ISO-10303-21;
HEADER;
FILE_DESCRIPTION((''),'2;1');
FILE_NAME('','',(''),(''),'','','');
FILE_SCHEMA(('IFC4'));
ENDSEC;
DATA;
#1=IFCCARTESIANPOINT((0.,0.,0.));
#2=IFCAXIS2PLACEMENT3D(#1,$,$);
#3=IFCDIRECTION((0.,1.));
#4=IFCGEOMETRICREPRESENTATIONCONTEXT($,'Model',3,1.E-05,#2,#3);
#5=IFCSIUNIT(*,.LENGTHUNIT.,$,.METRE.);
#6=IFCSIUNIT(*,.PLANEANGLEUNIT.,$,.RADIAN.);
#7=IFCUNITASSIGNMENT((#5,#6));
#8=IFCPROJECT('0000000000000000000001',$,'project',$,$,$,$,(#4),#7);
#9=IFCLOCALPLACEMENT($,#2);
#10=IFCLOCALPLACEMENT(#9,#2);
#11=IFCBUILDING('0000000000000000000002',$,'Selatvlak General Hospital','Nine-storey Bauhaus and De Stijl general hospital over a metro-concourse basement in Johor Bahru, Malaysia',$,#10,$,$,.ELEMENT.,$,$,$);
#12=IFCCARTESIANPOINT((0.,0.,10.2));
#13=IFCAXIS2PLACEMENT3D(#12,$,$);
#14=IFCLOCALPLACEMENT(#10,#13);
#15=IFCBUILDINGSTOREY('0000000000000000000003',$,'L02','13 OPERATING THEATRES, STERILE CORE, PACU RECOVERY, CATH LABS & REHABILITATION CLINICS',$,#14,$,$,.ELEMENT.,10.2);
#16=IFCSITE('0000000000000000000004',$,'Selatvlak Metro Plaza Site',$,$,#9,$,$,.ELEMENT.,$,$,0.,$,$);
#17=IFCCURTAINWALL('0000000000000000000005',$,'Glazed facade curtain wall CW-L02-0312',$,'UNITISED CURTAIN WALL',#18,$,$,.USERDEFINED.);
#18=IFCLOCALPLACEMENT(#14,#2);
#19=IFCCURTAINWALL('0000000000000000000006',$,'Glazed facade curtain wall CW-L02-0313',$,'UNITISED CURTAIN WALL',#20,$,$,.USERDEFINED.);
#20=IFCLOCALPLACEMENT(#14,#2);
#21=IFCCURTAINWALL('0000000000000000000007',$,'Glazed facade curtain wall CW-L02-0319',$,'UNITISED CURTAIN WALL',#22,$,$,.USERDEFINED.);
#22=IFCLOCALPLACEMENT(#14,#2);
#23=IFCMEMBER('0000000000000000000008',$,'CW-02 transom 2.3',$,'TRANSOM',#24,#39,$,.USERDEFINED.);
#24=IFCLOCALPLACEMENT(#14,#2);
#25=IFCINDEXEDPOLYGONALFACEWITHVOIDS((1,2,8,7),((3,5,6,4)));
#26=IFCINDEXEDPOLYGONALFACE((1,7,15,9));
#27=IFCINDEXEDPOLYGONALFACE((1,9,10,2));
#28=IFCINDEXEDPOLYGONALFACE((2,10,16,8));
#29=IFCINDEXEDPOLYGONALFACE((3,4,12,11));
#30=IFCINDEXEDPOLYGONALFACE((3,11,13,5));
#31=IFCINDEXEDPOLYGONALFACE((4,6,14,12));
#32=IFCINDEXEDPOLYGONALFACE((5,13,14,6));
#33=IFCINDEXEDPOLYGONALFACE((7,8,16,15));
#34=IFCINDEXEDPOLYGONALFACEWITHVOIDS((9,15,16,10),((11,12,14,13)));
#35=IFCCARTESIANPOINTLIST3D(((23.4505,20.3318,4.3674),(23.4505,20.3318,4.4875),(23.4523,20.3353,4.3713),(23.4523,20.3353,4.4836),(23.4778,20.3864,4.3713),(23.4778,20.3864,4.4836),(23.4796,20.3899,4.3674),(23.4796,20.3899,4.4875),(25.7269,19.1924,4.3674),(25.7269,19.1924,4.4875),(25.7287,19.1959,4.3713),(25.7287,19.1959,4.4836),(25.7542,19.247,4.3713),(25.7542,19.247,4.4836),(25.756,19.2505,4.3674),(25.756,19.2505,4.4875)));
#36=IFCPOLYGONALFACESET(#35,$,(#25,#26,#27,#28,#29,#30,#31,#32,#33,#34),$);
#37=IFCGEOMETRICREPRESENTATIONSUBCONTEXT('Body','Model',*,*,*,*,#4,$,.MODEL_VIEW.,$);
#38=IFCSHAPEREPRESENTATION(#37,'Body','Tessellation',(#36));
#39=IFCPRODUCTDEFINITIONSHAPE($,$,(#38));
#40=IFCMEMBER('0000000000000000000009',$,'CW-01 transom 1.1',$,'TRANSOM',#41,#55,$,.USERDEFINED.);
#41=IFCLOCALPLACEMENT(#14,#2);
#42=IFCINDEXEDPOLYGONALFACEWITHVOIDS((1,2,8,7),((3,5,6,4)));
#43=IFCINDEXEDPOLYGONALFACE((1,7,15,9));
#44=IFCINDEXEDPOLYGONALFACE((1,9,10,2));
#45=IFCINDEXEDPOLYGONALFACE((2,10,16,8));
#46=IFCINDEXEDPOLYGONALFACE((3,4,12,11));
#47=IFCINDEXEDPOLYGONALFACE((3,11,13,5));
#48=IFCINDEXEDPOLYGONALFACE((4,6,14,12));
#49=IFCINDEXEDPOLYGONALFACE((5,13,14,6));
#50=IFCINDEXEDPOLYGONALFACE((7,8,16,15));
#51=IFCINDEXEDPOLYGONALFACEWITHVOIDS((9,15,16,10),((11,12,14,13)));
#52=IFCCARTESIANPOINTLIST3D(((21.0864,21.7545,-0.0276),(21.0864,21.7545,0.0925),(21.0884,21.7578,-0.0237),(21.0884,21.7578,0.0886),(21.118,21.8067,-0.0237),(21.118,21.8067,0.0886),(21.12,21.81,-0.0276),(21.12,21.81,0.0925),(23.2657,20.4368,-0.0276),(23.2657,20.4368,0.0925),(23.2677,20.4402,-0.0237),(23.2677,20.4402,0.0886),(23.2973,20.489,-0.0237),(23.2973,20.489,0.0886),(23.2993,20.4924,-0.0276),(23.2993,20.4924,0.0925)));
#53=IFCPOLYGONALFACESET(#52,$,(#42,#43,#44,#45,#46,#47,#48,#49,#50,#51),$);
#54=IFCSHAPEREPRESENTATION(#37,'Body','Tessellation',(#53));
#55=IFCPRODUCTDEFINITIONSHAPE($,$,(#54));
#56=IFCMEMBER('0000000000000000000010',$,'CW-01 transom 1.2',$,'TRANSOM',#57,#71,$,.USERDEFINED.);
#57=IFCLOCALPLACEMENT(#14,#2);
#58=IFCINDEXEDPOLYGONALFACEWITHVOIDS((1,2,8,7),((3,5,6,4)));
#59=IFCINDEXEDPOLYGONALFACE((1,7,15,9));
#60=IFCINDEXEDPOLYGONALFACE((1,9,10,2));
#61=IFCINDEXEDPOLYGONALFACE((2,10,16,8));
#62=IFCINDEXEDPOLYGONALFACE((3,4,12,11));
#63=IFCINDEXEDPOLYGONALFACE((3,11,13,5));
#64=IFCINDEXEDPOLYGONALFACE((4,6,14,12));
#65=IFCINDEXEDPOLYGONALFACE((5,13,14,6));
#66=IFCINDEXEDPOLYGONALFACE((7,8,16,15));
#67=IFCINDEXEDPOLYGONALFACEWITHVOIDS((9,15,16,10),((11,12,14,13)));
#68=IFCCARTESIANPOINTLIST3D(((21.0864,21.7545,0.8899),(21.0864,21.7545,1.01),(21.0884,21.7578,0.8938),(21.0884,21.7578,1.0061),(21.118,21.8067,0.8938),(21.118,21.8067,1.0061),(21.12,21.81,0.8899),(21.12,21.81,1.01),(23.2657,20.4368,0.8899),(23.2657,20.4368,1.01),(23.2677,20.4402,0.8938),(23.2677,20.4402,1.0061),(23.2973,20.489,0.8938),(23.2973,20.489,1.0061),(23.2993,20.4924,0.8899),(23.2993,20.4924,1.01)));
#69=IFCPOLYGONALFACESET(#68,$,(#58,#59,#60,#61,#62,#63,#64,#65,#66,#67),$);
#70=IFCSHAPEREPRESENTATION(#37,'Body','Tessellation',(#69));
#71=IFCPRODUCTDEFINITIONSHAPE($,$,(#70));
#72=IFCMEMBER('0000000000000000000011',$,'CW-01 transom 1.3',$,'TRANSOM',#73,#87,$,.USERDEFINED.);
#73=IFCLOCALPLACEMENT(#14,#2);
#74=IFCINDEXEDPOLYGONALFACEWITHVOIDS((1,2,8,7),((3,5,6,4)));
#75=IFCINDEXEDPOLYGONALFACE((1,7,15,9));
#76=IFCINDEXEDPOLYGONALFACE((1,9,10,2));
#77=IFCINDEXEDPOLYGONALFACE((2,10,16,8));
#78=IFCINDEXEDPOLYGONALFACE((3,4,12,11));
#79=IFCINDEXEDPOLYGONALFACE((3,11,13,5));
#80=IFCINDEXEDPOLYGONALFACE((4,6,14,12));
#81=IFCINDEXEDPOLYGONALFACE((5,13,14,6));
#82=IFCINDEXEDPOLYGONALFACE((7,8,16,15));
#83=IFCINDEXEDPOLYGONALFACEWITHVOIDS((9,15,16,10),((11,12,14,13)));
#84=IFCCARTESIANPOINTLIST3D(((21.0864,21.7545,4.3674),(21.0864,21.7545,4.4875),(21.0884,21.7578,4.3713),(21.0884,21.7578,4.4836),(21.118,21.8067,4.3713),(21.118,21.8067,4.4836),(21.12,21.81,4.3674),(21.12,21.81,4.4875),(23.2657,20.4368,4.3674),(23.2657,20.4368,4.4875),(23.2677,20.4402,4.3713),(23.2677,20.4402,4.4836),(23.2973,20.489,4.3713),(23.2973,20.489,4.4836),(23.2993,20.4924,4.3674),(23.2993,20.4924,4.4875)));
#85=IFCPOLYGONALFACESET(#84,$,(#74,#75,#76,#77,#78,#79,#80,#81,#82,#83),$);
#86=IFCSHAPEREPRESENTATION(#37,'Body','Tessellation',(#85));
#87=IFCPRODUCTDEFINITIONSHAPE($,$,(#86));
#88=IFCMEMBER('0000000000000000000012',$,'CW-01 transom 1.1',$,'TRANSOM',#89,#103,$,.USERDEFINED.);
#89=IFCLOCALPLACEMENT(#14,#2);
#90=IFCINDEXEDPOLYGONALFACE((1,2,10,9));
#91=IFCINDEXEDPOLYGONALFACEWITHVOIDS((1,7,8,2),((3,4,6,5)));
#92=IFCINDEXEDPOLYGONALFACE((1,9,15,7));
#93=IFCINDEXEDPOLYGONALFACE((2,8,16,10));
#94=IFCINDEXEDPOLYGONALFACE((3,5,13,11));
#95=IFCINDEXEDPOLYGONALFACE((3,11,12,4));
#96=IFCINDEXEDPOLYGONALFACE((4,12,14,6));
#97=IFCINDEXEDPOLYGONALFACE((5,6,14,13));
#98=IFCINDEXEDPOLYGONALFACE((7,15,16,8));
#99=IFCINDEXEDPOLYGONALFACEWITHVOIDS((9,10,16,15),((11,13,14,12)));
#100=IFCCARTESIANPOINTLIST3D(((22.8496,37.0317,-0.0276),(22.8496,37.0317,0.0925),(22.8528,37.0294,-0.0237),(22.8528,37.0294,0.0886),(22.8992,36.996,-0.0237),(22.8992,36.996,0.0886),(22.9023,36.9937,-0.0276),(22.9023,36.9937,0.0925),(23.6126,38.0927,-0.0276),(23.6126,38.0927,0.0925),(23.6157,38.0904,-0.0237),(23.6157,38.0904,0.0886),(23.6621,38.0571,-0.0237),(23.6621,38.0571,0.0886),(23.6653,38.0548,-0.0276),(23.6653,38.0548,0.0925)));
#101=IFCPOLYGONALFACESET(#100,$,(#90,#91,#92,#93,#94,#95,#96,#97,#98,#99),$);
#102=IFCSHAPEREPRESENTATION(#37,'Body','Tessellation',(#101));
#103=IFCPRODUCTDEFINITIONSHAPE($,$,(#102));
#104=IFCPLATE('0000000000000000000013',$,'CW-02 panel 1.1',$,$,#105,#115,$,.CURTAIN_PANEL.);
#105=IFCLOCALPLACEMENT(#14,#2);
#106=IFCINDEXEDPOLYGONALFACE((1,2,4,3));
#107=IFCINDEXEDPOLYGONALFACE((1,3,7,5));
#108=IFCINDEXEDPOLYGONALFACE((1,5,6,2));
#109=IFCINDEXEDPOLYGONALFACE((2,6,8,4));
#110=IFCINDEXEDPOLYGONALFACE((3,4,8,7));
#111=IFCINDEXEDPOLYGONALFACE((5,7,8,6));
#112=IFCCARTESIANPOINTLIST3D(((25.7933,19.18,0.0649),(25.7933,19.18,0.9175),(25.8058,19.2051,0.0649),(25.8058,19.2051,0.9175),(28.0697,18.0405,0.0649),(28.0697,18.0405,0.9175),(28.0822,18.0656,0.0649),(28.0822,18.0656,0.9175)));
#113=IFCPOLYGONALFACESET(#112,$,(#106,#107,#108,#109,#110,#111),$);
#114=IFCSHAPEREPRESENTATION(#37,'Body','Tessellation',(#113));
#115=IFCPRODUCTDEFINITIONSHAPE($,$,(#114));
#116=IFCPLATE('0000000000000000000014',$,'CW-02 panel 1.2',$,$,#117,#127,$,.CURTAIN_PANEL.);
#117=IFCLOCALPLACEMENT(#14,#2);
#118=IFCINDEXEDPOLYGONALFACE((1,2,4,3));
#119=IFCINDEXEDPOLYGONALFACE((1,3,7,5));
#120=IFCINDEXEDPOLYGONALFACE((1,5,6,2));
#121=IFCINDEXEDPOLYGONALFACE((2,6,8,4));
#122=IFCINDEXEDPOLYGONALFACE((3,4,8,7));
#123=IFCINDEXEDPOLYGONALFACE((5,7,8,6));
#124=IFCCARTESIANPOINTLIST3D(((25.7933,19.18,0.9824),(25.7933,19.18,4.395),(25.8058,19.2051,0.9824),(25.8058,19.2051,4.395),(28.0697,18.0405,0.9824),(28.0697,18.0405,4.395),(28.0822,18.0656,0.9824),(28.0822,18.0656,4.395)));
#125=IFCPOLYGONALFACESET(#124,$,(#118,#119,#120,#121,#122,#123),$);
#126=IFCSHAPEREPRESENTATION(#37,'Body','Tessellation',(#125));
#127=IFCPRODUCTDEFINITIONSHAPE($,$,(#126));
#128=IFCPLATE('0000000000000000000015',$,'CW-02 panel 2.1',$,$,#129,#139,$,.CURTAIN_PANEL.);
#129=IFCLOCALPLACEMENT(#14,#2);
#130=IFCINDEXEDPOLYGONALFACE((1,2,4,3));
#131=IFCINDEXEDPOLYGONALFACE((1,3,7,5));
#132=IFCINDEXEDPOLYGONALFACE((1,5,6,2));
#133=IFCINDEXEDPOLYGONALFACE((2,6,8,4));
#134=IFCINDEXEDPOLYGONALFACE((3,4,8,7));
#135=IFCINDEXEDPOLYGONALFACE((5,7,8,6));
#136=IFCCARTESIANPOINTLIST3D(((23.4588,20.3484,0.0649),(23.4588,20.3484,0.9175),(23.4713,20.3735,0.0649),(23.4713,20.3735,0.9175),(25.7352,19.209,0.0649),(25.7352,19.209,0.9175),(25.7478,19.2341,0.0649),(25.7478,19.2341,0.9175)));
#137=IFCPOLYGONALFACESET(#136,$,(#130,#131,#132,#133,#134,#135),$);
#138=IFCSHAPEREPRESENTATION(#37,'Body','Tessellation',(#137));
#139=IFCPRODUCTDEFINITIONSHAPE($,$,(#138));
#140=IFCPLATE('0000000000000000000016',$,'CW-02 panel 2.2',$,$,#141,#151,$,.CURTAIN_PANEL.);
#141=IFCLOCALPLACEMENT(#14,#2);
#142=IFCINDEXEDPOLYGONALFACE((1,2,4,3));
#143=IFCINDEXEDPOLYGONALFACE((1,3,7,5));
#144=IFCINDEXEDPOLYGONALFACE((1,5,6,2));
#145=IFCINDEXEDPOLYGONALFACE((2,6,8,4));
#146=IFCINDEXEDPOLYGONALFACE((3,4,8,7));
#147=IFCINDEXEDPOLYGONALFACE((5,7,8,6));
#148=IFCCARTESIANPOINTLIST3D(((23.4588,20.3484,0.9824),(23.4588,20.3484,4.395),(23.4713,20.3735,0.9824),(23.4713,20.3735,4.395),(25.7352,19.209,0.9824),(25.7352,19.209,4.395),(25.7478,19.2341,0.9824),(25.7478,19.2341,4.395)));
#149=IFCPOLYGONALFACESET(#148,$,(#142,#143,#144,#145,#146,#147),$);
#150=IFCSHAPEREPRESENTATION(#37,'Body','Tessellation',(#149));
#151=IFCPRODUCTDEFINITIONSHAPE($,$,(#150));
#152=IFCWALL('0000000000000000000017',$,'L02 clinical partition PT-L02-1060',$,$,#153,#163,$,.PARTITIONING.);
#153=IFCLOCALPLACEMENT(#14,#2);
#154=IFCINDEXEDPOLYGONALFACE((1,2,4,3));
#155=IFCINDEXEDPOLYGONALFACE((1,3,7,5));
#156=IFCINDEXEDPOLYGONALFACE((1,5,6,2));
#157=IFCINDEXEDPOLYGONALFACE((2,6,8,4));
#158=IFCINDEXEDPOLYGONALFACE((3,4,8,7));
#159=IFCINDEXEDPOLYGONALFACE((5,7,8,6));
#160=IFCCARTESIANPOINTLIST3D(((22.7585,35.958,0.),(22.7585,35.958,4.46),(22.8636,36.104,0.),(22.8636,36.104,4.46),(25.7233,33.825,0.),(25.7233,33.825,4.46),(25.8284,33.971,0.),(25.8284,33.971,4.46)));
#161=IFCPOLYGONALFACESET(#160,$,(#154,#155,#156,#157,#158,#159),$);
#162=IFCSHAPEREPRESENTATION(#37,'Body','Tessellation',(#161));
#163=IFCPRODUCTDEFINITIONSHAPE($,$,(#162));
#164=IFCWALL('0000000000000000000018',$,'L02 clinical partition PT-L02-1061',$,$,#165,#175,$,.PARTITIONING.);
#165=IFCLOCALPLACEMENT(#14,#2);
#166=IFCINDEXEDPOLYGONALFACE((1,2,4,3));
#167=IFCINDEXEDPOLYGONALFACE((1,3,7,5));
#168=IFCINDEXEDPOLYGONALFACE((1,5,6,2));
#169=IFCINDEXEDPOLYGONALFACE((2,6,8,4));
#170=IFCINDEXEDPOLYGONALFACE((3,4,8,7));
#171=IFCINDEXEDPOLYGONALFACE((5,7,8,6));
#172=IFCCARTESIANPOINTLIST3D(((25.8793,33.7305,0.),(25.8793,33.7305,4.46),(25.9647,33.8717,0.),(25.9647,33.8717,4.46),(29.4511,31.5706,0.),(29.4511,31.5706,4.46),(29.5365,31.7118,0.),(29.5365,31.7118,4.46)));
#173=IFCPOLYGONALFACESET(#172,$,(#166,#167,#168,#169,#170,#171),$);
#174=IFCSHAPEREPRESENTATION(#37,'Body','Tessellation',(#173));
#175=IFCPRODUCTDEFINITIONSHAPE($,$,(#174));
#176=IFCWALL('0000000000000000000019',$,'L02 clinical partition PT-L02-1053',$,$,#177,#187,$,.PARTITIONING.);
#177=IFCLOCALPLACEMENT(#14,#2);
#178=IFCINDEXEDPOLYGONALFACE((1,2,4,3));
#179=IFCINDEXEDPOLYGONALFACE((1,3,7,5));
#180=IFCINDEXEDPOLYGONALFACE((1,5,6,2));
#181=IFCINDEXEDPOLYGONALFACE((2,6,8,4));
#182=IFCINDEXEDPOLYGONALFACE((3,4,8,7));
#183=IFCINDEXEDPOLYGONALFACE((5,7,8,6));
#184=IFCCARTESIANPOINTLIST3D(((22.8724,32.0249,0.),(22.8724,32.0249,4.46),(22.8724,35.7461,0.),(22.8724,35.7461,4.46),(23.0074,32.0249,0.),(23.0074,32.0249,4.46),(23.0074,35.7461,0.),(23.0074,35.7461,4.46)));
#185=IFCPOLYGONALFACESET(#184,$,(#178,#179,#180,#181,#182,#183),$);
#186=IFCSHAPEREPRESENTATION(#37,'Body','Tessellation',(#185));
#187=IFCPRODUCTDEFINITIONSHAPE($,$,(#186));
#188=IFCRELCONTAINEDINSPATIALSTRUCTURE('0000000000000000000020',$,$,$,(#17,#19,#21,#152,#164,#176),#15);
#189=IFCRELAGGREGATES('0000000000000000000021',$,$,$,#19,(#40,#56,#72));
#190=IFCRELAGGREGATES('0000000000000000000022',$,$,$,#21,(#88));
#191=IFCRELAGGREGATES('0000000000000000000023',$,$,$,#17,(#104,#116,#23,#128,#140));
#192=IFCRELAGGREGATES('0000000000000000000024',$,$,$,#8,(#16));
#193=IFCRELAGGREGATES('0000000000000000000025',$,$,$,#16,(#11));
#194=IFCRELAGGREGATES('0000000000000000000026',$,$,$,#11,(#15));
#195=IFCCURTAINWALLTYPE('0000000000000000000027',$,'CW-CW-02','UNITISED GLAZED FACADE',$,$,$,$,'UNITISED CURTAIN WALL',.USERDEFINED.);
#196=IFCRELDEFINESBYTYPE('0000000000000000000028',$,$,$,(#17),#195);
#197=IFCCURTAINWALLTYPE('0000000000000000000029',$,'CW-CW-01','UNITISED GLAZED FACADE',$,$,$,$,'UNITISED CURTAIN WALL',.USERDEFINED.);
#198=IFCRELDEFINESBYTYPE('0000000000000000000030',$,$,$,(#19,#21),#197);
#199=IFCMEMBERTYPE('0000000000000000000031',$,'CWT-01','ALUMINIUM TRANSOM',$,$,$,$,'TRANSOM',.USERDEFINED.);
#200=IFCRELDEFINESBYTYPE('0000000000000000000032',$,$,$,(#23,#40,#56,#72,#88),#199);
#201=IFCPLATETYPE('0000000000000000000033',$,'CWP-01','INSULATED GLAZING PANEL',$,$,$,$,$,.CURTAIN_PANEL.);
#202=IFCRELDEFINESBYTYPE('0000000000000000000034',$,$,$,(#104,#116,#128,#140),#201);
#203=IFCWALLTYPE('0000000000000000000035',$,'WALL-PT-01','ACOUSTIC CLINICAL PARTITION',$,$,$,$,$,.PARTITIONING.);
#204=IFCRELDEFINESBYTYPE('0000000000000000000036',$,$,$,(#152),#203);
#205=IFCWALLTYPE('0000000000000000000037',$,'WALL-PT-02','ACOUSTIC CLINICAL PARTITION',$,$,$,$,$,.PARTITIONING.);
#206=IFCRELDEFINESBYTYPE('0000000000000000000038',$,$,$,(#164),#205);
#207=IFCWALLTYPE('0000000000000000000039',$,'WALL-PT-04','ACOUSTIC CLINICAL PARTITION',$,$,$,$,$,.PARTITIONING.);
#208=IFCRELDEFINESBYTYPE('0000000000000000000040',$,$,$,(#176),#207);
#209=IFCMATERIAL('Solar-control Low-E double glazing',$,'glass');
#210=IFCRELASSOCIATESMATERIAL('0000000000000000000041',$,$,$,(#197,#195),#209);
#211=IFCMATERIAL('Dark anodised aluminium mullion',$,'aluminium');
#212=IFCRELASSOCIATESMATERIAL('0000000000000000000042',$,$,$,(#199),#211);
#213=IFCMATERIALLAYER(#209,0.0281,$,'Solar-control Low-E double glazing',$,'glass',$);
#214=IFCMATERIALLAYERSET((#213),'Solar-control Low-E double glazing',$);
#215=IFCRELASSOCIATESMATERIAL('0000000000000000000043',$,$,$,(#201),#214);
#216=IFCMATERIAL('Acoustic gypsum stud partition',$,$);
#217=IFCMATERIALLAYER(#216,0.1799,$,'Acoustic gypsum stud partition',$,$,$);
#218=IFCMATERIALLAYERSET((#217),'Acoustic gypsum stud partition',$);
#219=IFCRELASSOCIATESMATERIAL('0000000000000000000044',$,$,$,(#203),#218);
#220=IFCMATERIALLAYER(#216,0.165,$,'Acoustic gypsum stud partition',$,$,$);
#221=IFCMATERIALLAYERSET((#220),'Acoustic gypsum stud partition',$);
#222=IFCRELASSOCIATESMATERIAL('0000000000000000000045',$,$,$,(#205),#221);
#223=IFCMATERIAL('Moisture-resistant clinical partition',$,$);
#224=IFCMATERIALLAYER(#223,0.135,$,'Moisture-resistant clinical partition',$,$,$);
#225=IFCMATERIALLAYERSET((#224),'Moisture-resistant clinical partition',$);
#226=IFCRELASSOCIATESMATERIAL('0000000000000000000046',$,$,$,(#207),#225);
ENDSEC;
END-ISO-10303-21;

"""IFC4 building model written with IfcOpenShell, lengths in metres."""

from ifc_helpers import new_model, si_unit, direction, frame, frame_2d, origin, origin_2d, place, context, subcontext, project, spatial, rectangle, hollow_rectangle, extrude, material, layer, layer_set, material_profile, profile_set, type_object, element, aggregate, save


model = new_model("IFC4")

# Units and contexts
model_context = context("Model", 3, precision=1e-05, world=origin(), true_north=direction((0.0, 1.0)))
body_context = subcontext(model_context, "Body", "Model", "MODEL_VIEW")
ifc_project = project(units=[si_unit("LENGTHUNIT", "METRE"), si_unit("PLANEANGLEUNIT", "RADIAN")], contexts=[model_context])

# Site, building, storey
site_placement = place(None, origin())
site = spatial("IfcSite", under=ifc_project, at=site_placement, Name="Selatvlak Metro Plaza Site", CompositionType="ELEMENT", RefElevation=0.0)
building_placement = place(site_placement, origin())
building = spatial("IfcBuilding", under=site, at=building_placement, Name="Selatvlak General Hospital", Description="Nine-storey Bauhaus and De Stijl general hospital over a metro-concourse basement in Johor Bahru, Malaysia", CompositionType="ELEMENT")
storey_placement = place(building_placement, frame((0.0, 0.0, 10.2)))
storey = spatial("IfcBuildingStorey", under=building, at=storey_placement, Name="L02", Description="13 OPERATING THEATRES, STERILE CORE, PACU RECOVERY, CATH LABS & REHABILITATION CLINICS", CompositionType="ELEMENT", Elevation=10.2)

# Shared definitions
ifc_material_1 = material(Name="Solar-control Low-E double glazing", Category="glass")
curtain_wall_type_1 = type_object("IfcCurtainWallType", Name="CW-CW-01", Description="UNITISED GLAZED FACADE", ElementType="UNITISED CURTAIN WALL", PredefinedType="USERDEFINED", material=ifc_material_1)
ifc_material_2 = material(Name="Dark anodised aluminium mullion", Category="aluminium")

# Curtain wall
curtain_wall_type_2 = type_object("IfcCurtainWallType", Name="CW-CW-02", Description="UNITISED GLAZED FACADE", ElementType="UNITISED CURTAIN WALL", PredefinedType="USERDEFINED", material=ifc_material_1)
curtain_wall_1_placement = place(storey_placement, origin())
curtain_wall_1 = element("IfcCurtainWall", 1, at=curtain_wall_1_placement, inside=storey, type_object=curtain_wall_type_2, Name="Glazed facade curtain wall CW-L02-0312", ObjectType="UNITISED CURTAIN WALL", PredefinedType="USERDEFINED")

# Curtain walls
curtain_wall_2_placement = place(storey_placement, origin())
curtain_wall_2 = element("IfcCurtainWall", 2, at=curtain_wall_2_placement, inside=storey, type_object=curtain_wall_type_1, Name="Glazed facade curtain wall CW-L02-0313", ObjectType="UNITISED CURTAIN WALL", PredefinedType="USERDEFINED")
curtain_wall_3_placement = place(storey_placement, origin())
curtain_wall_3 = element("IfcCurtainWall", 3, at=curtain_wall_3_placement, inside=storey, type_object=curtain_wall_type_1, Name="Glazed facade curtain wall CW-L02-0319", ObjectType="UNITISED CURTAIN WALL", PredefinedType="USERDEFINED")

# Members
ifc_material_profile_1 = material_profile(ifc_material_2, hollow_rectangle(XDim=0.0649, YDim=0.1201, WallThickness=0.0039, at=origin_2d()), Name="AL-TRN 65x120x4")
ifc_profile_set_1 = profile_set([ifc_material_profile_1], Name="Dark anodised aluminium mullion")
member_type_1 = type_object("IfcMemberType", Name="CWT-01", Description="ALUMINIUM TRANSOM", ElementType="TRANSOM", PredefinedType="USERDEFINED", material=ifc_profile_set_1)
member_1_placement = place(storey_placement, frame((25.7415, 19.2214, 4.4275), z_axis=(-0.894235, 0.447597, 0.0), x_axis=(-0.447597, -0.894235, 0.0)))
member_1 = element("IfcMember", 4, at=member_1_placement, type_object=member_type_1, Name="CW-02 transom 2.3", ObjectType="TRANSOM", PredefinedType="USERDEFINED", context=body_context, shape_type="SweptSolid", body=[
    extrude(hollow_rectangle(XDim=0.0649, YDim=0.1201, WallThickness=0.0039, at=origin_2d()), origin(), (0.0, 0.0, 1.0), 2.5457),
])
member_2_placement = place(storey_placement, frame((23.2825, 20.4646, 0.0325), z_axis=(-0.855737, 0.517411, 0.0), x_axis=(-0.517411, -0.855737, 0.0)))
member_2 = element("IfcMember", 5, at=member_2_placement, type_object=member_type_1, Name="CW-01 transom 1.1", ObjectType="TRANSOM", PredefinedType="USERDEFINED", context=body_context, shape_type="SweptSolid", body=[
    extrude(hollow_rectangle(XDim=0.0649, YDim=0.1201, WallThickness=0.0039, at=origin_2d()), origin(), (0.0, 0.0, 1.0), 2.5466),
])
member_3_placement = place(storey_placement, frame((23.2825, 20.4646, 0.95), z_axis=(-0.855737, 0.517411, 0.0), x_axis=(-0.517411, -0.855737, 0.0)))
member_3 = element("IfcMember", 6, at=member_3_placement, type_object=member_type_1, Name="CW-01 transom 1.2", ObjectType="TRANSOM", PredefinedType="USERDEFINED", context=body_context, shape_type="SweptSolid", body=[
    extrude(hollow_rectangle(XDim=0.0649, YDim=0.1201, WallThickness=0.0039, at=origin_2d()), origin(), (0.0, 0.0, 1.0), 2.5466),
])
member_4_placement = place(storey_placement, frame((23.2825, 20.4646, 4.4275), z_axis=(-0.855737, 0.517411, 0.0), x_axis=(-0.517411, -0.855737, 0.0)))
member_4 = element("IfcMember", 7, at=member_4_placement, type_object=member_type_1, Name="CW-01 transom 1.3", ObjectType="TRANSOM", PredefinedType="USERDEFINED", context=body_context, shape_type="SweptSolid", body=[
    extrude(hollow_rectangle(XDim=0.0649, YDim=0.1201, WallThickness=0.0039, at=origin_2d()), origin(), (0.0, 0.0, 1.0), 2.5466),
])
aggregate(curtain_wall_2, [member_2, member_3, member_4])
member_5_placement = place(storey_placement, frame((22.876, 37.0127, 0.0325), z_axis=(0.583798, 0.811899, 0.0), x_axis=(-0.811899, 0.583798, 0.0)))
member_5 = element("IfcMember", 8, at=member_5_placement, type_object=member_type_1, Name="CW-01 transom 1.1", ObjectType="TRANSOM", PredefinedType="USERDEFINED", context=body_context, shape_type="SweptSolid", body=[
    extrude(hollow_rectangle(XDim=0.0649, YDim=0.1201, WallThickness=0.0039, at=origin_2d()), origin(), (0.0, 0.0, 1.0), 1.3069),
])
aggregate(curtain_wall_3, [member_5])

# Plates
ifc_layer_1 = layer(ifc_material_1, 0.0281, Name="Solar-control Low-E double glazing", Category="glass")
ifc_layer_set_1 = layer_set([ifc_layer_1], Name="Solar-control Low-E double glazing")
plate_type = type_object("IfcPlateType", Name="CWP-01", Description="INSULATED GLAZING PANEL", PredefinedType="CURTAIN_PANEL", material=ifc_layer_set_1)
plate_1_placement = place(storey_placement, frame((26.9377, 18.6228, 0.0649), z_axis=(0.0, 0.0, 1.0), x_axis=(-0.894238, 0.447592, 0.0)))
plate_1 = element("IfcPlate", 9, at=plate_1_placement, type_object=plate_type, Name="CW-02 panel 1.1", PredefinedType="CURTAIN_PANEL", context=body_context, shape_type="SweptSolid", body=[
    extrude(rectangle(XDim=2.5457, YDim=0.0281, at=origin_2d()), origin(), (0.0, 0.0, 1.0), 0.8525),
])
plate_2_placement = place(storey_placement, frame((26.9377, 18.6228, 0.9824), z_axis=(0.0, 0.0, 1.0), x_axis=(-0.894238, 0.447592, 0.0)))
plate_2 = element("IfcPlate", 10, at=plate_2_placement, type_object=plate_type, Name="CW-02 panel 1.2", PredefinedType="CURTAIN_PANEL", context=body_context, shape_type="SweptSolid", body=[
    extrude(rectangle(XDim=2.5457, YDim=0.0281, at=origin_2d()), origin(), (0.0, 0.0, 1.0), 3.4126),
])
plate_3_placement = place(storey_placement, frame((24.6033, 19.7913, 0.0649), z_axis=(0.0, 0.0, 1.0), x_axis=(-0.894238, 0.447592, 0.0)))
plate_3 = element("IfcPlate", 11, at=plate_3_placement, type_object=plate_type, Name="CW-02 panel 2.1", PredefinedType="CURTAIN_PANEL", context=body_context, shape_type="SweptSolid", body=[
    extrude(rectangle(XDim=2.5457, YDim=0.0281, at=origin_2d()), origin(), (0.0, 0.0, 1.0), 0.8525),
])
plate_4_placement = place(storey_placement, frame((24.6033, 19.7913, 0.9824), z_axis=(0.0, 0.0, 1.0), x_axis=(-0.894238, 0.447592, 0.0)))
plate_4 = element("IfcPlate", 12, at=plate_4_placement, type_object=plate_type, Name="CW-02 panel 2.2", PredefinedType="CURTAIN_PANEL", context=body_context, shape_type="SweptSolid", body=[
    extrude(rectangle(XDim=2.5457, YDim=0.0281, at=origin_2d()), origin(), (0.0, 0.0, 1.0), 3.4126),
])
aggregate(curtain_wall_1, [plate_1, plate_2, member_1, plate_3, plate_4])

# Walls
ifc_material_3 = material(Name="Acoustic gypsum stud partition")
ifc_layer_2 = layer(ifc_material_3, 0.1799, Name="Acoustic gypsum stud partition")
ifc_layer_set_2 = layer_set([ifc_layer_2], Name="Acoustic gypsum stud partition")
wall_type_1 = type_object("IfcWallType", Name="WALL-PT-01", Description="ACOUSTIC CLINICAL PARTITION", PredefinedType="PARTITIONING", material=ifc_layer_set_2)
wall_1_placement = place(storey_placement, frame((22.811, 36.031, 0.0), z_axis=(0.0, 0.0, 1.0), x_axis=(0.811746, -0.584011, 0.0)))
element("IfcWall", 13, at=wall_1_placement, inside=storey, type_object=wall_type_1, Name="L02 clinical partition PT-L02-1060", PredefinedType="PARTITIONING", context=body_context, shape_type="SweptSolid", body=[
    extrude(rectangle(XDim=3.6523, YDim=0.1799, at=frame_2d((1.8262, 0.0))), origin(), (0.0, 0.0, 1.0), 4.46),
])
ifc_layer_3 = layer(ifc_material_3, 0.165, Name="Acoustic gypsum stud partition")
ifc_layer_set_3 = layer_set([ifc_layer_3], Name="Acoustic gypsum stud partition")
wall_type_2 = type_object("IfcWallType", Name="WALL-PT-02", Description="ACOUSTIC CLINICAL PARTITION", PredefinedType="PARTITIONING", material=ifc_layer_set_3)
wall_2_placement = place(storey_placement, frame((25.9221, 33.801, 0.0), z_axis=(0.0, 0.0, 1.0), x_axis=(0.855707, -0.51746, 0.0)))
element("IfcWall", 14, at=wall_2_placement, inside=storey, type_object=wall_type_2, Name="L02 clinical partition PT-L02-1061", PredefinedType="PARTITIONING", context=body_context, shape_type="SweptSolid", body=[
    extrude(rectangle(XDim=4.1741, YDim=0.165, at=frame_2d((2.0869, 0.0))), origin(), (0.0, 0.0, 1.0), 4.46),
])
ifc_material_4 = material(Name="Moisture-resistant clinical partition")
ifc_layer_4 = layer(ifc_material_4, 0.135, Name="Moisture-resistant clinical partition")
ifc_layer_set_4 = layer_set([ifc_layer_4], Name="Moisture-resistant clinical partition")
wall_type_3 = type_object("IfcWallType", Name="WALL-PT-04", Description="ACOUSTIC CLINICAL PARTITION", PredefinedType="PARTITIONING", material=ifc_layer_set_4)
wall_3_placement = place(storey_placement, frame((22.9399, 32.0249, 0.0), z_axis=(0.0, 0.0, 1.0), x_axis=(0.0, 1.0, 0.0)))
element("IfcWall", 15, at=wall_3_placement, inside=storey, type_object=wall_type_3, Name="L02 clinical partition PT-L02-1053", PredefinedType="PARTITIONING", context=body_context, shape_type="SweptSolid", body=[
    extrude(rectangle(XDim=3.7212, YDim=0.135, at=frame_2d((1.8606, 0.0))), origin(), (0.0, 0.0, 1.0), 4.46),
])

save(model, "model.ifc")
